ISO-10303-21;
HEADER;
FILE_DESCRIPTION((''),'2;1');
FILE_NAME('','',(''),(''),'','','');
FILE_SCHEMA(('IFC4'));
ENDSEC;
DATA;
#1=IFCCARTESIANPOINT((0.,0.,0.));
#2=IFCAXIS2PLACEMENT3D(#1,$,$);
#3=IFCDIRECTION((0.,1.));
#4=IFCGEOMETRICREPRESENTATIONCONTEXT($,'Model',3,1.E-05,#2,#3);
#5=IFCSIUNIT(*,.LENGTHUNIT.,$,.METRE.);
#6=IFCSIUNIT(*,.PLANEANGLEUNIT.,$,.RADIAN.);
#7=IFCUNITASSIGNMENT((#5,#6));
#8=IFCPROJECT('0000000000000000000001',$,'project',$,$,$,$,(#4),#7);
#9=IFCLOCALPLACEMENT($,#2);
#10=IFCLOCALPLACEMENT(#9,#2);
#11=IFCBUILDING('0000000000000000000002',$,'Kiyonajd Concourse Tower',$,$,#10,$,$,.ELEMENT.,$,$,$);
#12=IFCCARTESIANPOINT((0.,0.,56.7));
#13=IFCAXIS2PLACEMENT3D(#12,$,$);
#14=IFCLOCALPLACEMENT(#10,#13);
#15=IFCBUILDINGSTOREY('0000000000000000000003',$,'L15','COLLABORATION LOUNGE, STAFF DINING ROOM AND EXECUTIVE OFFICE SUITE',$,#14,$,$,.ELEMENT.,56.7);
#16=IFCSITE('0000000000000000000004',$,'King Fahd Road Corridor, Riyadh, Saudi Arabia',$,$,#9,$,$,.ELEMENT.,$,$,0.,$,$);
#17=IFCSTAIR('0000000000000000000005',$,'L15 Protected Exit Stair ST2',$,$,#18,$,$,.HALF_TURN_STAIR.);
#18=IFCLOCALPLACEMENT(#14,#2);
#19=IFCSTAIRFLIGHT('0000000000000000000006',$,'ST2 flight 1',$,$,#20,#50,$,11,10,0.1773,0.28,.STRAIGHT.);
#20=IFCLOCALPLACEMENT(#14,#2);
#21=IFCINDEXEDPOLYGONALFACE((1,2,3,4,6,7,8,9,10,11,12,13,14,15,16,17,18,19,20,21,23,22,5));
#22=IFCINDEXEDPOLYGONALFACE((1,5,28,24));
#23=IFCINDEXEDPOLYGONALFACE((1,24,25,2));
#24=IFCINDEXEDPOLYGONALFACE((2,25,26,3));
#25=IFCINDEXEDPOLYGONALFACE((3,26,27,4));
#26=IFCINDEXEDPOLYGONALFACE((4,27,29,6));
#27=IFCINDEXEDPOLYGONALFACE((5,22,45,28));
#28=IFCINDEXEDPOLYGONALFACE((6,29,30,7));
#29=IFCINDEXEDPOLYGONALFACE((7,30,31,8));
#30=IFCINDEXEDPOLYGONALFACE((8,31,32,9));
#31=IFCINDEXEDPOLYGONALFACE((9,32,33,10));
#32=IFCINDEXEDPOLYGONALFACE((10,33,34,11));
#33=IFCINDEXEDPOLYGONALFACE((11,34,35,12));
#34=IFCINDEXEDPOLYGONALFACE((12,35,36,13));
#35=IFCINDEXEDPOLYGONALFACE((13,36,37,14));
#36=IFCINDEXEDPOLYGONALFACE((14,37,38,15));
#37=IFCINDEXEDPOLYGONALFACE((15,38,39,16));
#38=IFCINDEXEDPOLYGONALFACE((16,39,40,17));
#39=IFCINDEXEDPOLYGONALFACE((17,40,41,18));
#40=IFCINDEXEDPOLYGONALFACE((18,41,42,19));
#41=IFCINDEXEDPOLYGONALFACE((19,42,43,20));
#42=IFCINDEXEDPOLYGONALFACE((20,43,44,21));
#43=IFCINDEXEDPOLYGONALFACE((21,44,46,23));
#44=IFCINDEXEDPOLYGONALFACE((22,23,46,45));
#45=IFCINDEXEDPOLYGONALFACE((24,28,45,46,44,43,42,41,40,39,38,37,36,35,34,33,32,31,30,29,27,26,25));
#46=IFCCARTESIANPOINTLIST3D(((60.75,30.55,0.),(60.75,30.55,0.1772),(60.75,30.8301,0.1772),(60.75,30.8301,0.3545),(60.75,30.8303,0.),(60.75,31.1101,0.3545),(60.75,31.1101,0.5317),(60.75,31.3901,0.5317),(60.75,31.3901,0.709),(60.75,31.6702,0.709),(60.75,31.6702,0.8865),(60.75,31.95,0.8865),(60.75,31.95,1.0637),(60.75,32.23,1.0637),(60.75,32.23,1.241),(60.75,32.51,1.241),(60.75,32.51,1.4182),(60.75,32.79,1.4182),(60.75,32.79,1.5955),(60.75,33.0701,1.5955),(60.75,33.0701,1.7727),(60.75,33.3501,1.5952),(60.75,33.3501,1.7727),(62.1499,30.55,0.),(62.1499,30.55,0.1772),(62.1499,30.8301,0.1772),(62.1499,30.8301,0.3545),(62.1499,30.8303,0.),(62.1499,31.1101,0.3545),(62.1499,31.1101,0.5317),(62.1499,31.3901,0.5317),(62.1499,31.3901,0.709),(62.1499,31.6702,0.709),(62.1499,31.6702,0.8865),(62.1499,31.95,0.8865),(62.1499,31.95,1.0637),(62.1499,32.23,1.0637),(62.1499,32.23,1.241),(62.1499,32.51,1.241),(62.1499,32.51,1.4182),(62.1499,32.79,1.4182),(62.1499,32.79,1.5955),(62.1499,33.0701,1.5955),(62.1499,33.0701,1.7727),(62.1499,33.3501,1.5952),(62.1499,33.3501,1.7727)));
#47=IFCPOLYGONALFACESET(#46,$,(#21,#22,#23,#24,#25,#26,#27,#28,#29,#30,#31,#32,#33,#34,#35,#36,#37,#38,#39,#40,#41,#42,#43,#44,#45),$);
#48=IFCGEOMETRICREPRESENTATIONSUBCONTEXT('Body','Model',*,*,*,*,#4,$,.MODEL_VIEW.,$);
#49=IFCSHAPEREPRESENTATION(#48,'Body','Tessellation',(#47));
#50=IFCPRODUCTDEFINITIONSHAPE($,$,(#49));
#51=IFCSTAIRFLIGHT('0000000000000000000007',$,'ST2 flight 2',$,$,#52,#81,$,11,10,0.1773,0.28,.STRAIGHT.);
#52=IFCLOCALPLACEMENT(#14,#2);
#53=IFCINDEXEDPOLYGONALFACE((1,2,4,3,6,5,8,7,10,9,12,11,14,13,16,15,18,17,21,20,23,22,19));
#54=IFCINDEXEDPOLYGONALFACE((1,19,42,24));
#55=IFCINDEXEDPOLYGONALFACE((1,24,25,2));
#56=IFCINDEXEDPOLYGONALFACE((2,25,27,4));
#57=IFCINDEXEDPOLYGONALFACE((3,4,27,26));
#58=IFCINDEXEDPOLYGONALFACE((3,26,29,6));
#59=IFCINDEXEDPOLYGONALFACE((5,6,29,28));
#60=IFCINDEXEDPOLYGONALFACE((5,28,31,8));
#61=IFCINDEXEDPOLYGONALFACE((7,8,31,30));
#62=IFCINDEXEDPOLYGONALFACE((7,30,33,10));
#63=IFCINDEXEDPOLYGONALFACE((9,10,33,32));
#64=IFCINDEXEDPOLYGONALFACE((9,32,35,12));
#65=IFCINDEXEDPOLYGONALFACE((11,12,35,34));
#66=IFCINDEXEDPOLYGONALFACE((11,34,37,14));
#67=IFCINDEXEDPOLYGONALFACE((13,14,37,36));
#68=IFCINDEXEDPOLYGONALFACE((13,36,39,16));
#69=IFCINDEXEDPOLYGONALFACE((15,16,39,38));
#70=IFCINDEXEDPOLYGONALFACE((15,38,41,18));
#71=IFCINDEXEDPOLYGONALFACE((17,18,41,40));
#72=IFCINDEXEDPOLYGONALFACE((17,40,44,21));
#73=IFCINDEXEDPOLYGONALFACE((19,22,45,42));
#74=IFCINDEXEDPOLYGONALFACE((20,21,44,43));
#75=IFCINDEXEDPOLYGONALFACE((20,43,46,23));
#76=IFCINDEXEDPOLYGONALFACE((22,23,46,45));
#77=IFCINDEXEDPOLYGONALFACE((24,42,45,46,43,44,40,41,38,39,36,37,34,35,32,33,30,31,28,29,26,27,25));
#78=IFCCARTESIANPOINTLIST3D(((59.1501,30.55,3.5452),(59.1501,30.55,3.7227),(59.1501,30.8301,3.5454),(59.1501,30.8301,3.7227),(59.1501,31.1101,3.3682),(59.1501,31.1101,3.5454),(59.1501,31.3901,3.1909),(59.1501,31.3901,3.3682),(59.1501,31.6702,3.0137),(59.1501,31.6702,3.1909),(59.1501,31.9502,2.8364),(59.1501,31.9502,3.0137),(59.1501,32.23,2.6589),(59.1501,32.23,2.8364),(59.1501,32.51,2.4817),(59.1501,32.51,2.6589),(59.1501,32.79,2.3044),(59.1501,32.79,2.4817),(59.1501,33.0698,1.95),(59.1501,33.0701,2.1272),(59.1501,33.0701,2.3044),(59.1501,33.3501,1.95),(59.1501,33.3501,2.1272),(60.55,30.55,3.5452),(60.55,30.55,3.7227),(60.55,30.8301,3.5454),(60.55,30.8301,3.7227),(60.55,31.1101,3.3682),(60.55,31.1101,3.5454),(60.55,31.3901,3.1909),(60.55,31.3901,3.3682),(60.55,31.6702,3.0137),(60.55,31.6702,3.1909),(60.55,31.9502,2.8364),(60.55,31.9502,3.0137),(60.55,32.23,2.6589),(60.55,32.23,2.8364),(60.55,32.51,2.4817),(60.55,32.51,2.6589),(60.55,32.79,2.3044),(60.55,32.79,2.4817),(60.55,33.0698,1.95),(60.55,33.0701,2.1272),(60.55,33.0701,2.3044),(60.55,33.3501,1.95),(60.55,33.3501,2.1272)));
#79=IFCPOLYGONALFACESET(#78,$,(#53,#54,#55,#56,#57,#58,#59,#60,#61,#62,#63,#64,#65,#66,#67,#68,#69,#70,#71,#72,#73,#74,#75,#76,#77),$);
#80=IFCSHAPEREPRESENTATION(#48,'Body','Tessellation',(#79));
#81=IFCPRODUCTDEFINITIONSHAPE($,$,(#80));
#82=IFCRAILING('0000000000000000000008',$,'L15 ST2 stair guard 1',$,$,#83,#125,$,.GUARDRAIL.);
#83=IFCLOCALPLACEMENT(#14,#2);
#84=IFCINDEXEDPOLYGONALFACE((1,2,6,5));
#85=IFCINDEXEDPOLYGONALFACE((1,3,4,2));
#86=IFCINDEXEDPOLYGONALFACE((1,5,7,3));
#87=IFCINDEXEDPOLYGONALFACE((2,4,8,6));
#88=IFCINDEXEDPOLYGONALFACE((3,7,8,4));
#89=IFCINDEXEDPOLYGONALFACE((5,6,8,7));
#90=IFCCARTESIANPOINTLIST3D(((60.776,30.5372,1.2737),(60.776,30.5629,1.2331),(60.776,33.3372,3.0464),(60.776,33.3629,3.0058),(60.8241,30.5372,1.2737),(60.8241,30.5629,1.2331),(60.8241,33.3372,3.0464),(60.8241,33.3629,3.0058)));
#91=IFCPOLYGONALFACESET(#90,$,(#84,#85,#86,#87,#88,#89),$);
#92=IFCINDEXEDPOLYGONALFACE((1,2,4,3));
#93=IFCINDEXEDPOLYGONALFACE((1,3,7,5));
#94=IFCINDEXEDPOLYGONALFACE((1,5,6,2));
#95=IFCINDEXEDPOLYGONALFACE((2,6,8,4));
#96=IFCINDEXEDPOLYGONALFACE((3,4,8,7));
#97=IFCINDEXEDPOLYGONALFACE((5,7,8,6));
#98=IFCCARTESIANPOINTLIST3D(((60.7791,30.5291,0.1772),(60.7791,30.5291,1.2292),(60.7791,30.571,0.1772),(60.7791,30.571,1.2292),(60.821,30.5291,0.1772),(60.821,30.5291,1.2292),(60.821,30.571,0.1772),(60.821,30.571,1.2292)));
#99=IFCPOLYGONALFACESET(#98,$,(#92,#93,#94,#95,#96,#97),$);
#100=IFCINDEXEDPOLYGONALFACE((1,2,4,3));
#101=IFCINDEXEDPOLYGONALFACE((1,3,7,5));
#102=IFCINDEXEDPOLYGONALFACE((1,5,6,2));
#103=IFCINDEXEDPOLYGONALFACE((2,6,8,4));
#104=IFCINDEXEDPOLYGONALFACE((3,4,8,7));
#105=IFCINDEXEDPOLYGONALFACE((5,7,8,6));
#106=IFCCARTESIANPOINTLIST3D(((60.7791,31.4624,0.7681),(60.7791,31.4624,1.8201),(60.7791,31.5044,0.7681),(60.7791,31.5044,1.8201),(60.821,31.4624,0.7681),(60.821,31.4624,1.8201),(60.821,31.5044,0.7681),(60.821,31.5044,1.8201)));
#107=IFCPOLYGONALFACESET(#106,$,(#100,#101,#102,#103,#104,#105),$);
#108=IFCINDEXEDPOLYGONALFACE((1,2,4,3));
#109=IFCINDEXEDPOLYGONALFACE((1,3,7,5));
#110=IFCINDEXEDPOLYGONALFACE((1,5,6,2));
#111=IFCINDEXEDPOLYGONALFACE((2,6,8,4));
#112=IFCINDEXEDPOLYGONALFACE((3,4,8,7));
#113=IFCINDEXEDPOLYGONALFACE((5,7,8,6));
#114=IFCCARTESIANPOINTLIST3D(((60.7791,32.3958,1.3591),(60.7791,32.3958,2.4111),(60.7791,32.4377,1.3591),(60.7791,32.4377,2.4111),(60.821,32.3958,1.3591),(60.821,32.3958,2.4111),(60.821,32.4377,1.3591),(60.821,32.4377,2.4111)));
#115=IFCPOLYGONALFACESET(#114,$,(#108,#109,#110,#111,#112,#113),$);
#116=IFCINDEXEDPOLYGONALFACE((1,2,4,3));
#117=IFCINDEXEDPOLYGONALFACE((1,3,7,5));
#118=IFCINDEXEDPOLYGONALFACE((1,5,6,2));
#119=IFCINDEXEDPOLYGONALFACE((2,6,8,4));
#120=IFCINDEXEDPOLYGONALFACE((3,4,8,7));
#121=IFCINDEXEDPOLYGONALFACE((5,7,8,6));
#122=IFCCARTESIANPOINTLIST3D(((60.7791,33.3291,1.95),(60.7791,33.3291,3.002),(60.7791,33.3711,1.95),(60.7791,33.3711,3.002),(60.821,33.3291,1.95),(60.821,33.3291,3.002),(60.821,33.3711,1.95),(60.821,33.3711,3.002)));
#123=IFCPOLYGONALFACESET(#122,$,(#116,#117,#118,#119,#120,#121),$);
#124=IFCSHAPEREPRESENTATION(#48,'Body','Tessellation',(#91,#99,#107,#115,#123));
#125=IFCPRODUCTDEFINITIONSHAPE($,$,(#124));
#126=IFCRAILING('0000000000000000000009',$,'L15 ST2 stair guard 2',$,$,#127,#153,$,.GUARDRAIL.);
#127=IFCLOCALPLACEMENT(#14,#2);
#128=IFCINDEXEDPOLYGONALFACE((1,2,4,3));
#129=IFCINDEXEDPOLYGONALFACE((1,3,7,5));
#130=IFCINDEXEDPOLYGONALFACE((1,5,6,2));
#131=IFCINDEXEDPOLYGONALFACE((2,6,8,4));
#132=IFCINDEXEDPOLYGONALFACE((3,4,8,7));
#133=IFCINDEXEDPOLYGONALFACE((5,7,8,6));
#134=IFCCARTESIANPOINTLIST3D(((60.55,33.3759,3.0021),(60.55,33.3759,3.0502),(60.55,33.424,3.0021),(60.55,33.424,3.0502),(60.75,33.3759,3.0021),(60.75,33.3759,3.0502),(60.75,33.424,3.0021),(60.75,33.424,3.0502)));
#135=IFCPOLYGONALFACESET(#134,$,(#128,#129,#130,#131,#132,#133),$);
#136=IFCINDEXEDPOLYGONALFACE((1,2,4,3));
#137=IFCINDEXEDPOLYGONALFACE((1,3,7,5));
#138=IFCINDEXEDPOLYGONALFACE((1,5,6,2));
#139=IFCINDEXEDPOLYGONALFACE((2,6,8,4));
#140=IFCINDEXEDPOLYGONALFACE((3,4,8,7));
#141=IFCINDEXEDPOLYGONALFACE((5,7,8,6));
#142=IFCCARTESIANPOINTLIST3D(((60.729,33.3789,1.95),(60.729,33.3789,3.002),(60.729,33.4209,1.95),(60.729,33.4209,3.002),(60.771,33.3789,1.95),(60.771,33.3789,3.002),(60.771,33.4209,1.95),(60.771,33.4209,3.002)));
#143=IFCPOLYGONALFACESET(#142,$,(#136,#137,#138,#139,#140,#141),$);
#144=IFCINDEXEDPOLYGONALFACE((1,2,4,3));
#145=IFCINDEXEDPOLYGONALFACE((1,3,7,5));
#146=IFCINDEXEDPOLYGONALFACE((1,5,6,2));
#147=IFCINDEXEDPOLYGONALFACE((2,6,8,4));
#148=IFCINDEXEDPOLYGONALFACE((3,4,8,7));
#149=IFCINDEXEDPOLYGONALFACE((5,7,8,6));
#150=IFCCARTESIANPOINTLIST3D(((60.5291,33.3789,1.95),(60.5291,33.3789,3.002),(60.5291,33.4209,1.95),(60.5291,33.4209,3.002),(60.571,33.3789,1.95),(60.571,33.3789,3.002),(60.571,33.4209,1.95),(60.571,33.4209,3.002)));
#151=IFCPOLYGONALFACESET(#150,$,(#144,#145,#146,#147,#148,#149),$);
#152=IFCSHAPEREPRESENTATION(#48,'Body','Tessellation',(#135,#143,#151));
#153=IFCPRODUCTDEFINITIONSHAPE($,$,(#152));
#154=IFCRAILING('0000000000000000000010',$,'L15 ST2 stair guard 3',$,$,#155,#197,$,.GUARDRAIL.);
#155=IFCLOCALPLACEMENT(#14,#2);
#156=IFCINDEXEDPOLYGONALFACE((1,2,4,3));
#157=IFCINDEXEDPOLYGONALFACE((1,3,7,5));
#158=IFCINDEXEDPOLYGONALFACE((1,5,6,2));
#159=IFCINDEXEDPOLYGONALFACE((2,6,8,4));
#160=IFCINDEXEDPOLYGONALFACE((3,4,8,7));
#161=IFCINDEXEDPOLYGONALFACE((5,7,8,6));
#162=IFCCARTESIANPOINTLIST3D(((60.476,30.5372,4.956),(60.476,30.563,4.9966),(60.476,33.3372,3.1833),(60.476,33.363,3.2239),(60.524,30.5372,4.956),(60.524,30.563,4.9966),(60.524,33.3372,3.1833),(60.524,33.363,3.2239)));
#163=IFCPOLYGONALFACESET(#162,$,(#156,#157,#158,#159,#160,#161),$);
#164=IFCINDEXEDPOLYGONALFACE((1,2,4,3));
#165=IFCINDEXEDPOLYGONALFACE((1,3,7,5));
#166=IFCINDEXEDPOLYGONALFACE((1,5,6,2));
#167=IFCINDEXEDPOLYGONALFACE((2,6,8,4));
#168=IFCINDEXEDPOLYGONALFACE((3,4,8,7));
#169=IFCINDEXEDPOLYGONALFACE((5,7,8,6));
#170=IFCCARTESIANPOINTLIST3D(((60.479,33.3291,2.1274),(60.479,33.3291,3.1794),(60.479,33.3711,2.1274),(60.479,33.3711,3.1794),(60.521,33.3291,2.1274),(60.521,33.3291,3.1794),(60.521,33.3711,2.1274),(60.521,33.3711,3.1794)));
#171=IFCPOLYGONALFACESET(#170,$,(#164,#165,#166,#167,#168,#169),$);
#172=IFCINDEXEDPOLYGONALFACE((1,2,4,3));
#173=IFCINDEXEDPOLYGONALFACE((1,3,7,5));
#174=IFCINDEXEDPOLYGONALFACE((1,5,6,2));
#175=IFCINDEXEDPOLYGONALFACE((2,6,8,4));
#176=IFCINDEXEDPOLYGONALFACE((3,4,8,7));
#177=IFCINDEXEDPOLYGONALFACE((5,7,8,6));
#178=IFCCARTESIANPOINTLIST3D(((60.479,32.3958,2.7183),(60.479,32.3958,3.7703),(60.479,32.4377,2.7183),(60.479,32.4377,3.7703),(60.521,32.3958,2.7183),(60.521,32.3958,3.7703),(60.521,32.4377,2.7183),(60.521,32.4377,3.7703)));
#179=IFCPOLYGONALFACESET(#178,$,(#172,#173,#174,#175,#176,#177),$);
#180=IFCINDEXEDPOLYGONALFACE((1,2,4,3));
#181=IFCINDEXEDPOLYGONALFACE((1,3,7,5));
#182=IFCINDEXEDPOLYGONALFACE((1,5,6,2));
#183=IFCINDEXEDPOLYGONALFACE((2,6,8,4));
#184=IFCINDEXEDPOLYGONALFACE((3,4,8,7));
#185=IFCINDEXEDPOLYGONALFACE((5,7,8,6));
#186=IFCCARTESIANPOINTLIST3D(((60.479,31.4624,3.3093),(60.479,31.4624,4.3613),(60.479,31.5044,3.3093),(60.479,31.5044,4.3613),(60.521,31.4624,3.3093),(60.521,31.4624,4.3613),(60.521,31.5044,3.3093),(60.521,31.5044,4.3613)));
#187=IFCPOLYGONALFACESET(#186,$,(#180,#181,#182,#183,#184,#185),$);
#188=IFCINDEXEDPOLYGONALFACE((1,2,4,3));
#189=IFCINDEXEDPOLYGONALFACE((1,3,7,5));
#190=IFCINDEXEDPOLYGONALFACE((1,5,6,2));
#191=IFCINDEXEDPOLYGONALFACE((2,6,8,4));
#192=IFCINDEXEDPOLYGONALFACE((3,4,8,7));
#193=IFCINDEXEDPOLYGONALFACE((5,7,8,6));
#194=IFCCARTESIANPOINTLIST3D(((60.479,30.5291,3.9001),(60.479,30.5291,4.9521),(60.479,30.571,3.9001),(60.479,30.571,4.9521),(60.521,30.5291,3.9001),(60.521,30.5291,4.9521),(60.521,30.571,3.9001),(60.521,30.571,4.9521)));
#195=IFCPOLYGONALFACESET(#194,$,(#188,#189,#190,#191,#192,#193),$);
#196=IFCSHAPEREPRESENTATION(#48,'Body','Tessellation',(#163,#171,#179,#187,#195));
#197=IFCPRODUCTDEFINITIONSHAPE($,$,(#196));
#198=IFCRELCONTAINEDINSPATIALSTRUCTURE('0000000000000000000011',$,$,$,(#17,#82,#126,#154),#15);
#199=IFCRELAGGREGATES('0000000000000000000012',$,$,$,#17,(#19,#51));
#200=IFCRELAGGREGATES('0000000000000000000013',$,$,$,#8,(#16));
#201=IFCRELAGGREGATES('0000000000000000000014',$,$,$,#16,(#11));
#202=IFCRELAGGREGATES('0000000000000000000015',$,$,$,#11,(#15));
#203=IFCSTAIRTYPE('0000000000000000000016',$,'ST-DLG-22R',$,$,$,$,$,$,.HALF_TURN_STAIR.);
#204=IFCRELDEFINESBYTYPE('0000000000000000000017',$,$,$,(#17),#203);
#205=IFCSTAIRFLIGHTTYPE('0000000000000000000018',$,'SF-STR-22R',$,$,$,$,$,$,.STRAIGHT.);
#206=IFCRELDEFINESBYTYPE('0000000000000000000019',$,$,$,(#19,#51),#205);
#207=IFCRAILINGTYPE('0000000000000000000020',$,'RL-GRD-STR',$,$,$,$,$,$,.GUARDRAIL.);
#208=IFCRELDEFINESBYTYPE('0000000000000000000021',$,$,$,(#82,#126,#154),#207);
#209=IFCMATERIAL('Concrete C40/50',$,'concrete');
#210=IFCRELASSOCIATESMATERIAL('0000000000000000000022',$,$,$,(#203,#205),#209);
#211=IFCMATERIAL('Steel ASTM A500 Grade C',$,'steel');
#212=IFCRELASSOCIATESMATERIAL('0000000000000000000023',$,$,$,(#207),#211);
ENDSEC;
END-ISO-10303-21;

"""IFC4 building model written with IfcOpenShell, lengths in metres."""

from ifc_helpers import new_model, si_unit, direction, frame, origin, origin_2d, place, context, subcontext, project, spatial, polyline, rectangle, outline, extrude, material, type_object, element, aggregate, save


model = new_model("IFC4")

# Units and contexts
model_context = context("Model", 3, precision=1e-05, world=origin(), true_north=direction((0.0, 1.0)))
body_context = subcontext(model_context, "Body", "Model", "MODEL_VIEW")
ifc_project = project(units=[si_unit("LENGTHUNIT", "METRE"), si_unit("PLANEANGLEUNIT", "RADIAN")], contexts=[model_context])

# Site, building, storey
site_placement = place(None, origin())
site = spatial("IfcSite", under=ifc_project, at=site_placement, Name="King Fahd Road Corridor, Riyadh, Saudi Arabia", CompositionType="ELEMENT", RefElevation=0.0)
building_placement = place(site_placement, origin())
building = spatial("IfcBuilding", under=site, at=building_placement, Name="Kiyonajd Concourse Tower", CompositionType="ELEMENT")
storey_placement = place(building_placement, frame((0.0, 0.0, 56.7)))
storey = spatial("IfcBuildingStorey", under=building, at=storey_placement, Name="L15", Description="COLLABORATION LOUNGE, STAFF DINING ROOM AND EXECUTIVE OFFICE SUITE", CompositionType="ELEMENT", Elevation=56.7)

# Stair, stair flights
ifc_material_1 = material(Name="Concrete C40/50", Category="concrete")
stair_type = type_object("IfcStairType", Name="ST-DLG-22R", PredefinedType="HALF_TURN_STAIR", material=ifc_material_1)
stair_placement = place(storey_placement, origin())
stair = element("IfcStair", 1, at=stair_placement, inside=storey, type_object=stair_type, Name="L15 Protected Exit Stair ST2", PredefinedType="HALF_TURN_STAIR")
stair_flight_type = type_object("IfcStairFlightType", Name="SF-STR-22R", PredefinedType="STRAIGHT", material=ifc_material_1)
stair_flight_1_placement = place(storey_placement, frame((61.45, 30.55, 0.0), z_axis=(0.0, 0.0, 1.0), x_axis=(0.0, 1.0, 0.0)))
stair_flight_1 = element("IfcStairFlight", 2, at=stair_flight_1_placement, type_object=stair_flight_type, Name="ST2 flight 1", NumberOfRisers=11, NumberOfTreads=10, PredefinedType="STRAIGHT", RiserHeight=0.1773, TreadLength=0.28, context=body_context, shape_type="SweptSolid", body=[
    extrude(outline(polyline([(0.0, 0.0), (0.0, 0.1772), (0.28, 0.1772), (0.28, 0.3545), (0.5601, 0.3545), (0.5601, 0.5317), (0.8401, 0.5317), (0.8401, 0.709), (1.1201, 0.709), (1.1201, 0.8865), (1.3999, 0.8865), (1.3999, 1.0637), (1.6799, 1.0637), (1.6799, 1.241), (1.96, 1.241), (1.96, 1.4182), (2.24, 1.4182), (2.24, 1.5955), (2.52, 1.5955), (2.52, 1.7727), (2.8, 1.7727), (2.8, 1.95), (2.8, 1.5952), (0.2803, 0.0), (0.0, 0.0)])), frame((0.0, 0.7, 0.0), z_axis=(0.0, -1.0, 0.0), x_axis=(1.0, 0.0, 0.0)), (0.0, 0.0, 1.0), 1.3999),
])
stair_flight_2_placement = place(storey_placement, frame((59.8501, 33.3501, 1.95), z_axis=(0.0, 0.0, 1.0), x_axis=(0.0, -1.0, 0.0)))
stair_flight_2 = element("IfcStairFlight", 3, at=stair_flight_2_placement, type_object=stair_flight_type, Name="ST2 flight 2", NumberOfRisers=11, NumberOfTreads=10, PredefinedType="STRAIGHT", RiserHeight=0.1773, TreadLength=0.28, context=body_context, shape_type="SweptSolid", body=[
    extrude(outline(polyline([(0.0, 0.0), (0.0, 0.1772), (0.28, 0.1772), (0.28, 0.3545), (0.5601, 0.3545), (0.5601, 0.5317), (0.8401, 0.5317), (0.8401, 0.709), (1.1201, 0.709), (1.1201, 0.8865), (1.3999, 0.8865), (1.3999, 1.0637), (1.6799, 1.0637), (1.6799, 1.241), (1.96, 1.241), (1.96, 1.4182), (2.24, 1.4182), (2.24, 1.5955), (2.52, 1.5955), (2.52, 1.7727), (2.8, 1.7727), (2.8, 1.95), (2.8, 1.5952), (0.2803, 0.0), (0.0, 0.0)])), frame((0.0, 0.7, 0.0), z_axis=(0.0, -1.0, 0.0), x_axis=(1.0, 0.0, 0.0)), (0.0, 0.0, 1.0), 1.3999),
])
aggregate(stair, [stair_flight_1, stair_flight_2])

# Railings
ifc_material_2 = material(Name="Steel ASTM A500 Grade C", Category="steel")
railing_type_1 = type_object("IfcRailingType", Name="RL-GRD-STR", PredefinedType="GUARDRAIL", material=ifc_material_2)
railing_1_placement = place(storey_placement, frame((60.8, 30.55, 0.1772)))
element("IfcRailing", 4, at=railing_1_placement, inside=storey, type_object=railing_type_1, Name="L15 ST2 stair guard 1", PredefinedType="GUARDRAIL", context=body_context, shape_type="SweptSolid", body=[
    extrude(rectangle(XDim=0.0481, YDim=0.0481, at=origin_2d()), frame((0.0, 0.0, 1.0762), z_axis=(0.0, 0.844909, 0.53491), x_axis=(-1.0, 0.0, 0.0)), (0.0, 0.0, 1.0), 3.314),
    extrude(rectangle(XDim=0.042, YDim=0.042, at=origin_2d()), origin(), (0.0, 0.0, 1.0), 1.052),
    extrude(rectangle(XDim=0.042, YDim=0.042, at=origin_2d()), frame((0.0, 0.9333, 0.5908)), (0.0, 0.0, 1.0), 1.052),
    extrude(rectangle(XDim=0.042, YDim=0.042, at=origin_2d()), frame((0.0, 1.8667, 1.1819)), (0.0, 0.0, 1.0), 1.052),
    extrude(rectangle(XDim=0.042, YDim=0.042, at=origin_2d()), frame((0.0, 2.8, 1.7727)), (0.0, 0.0, 1.0), 1.052),
])
railing_2_placement = place(storey_placement, frame((60.75, 33.3999, 1.95)))
element("IfcRailing", 5, at=railing_2_placement, inside=storey, type_object=railing_type_1, Name="L15 ST2 stair guard 2", PredefinedType="GUARDRAIL", context=body_context, shape_type="SweptSolid", body=[
    extrude(rectangle(XDim=0.0481, YDim=0.0481, at=origin_2d()), frame((0.0, 0.0, 1.0762), z_axis=(-1.0, 0.0, 0.0), x_axis=(0.0, -1.0, 0.0)), (0.0, 0.0, 1.0), 0.2),
    extrude(rectangle(XDim=0.042, YDim=0.042, at=origin_2d()), origin(), (0.0, 0.0, 1.0), 1.052),
    extrude(rectangle(XDim=0.042, YDim=0.042, at=origin_2d()), frame((-0.2, 0.0, 0.0)), (0.0, 0.0, 1.0), 1.052),
])
railing_3_placement = place(storey_placement, frame((60.5, 33.3501, 2.1274)))
element("IfcRailing", 6, at=railing_3_placement, inside=storey, type_object=railing_type_1, Name="L15 ST2 stair guard 3", PredefinedType="GUARDRAIL", context=body_context, shape_type="SweptSolid", body=[
    extrude(rectangle(XDim=0.0481, YDim=0.0481, at=origin_2d()), frame((0.0, 0.0, 1.0762), z_axis=(0.0, -0.844909, 0.53491), x_axis=(1.0, 0.0, 0.0)), (0.0, 0.0, 1.0), 3.314),
    extrude(rectangle(XDim=0.042, YDim=0.042, at=origin_2d()), origin(), (0.0, 0.0, 1.0), 1.052),
    extrude(rectangle(XDim=0.042, YDim=0.042, at=origin_2d()), frame((0.0, -0.9333, 0.5908)), (0.0, 0.0, 1.0), 1.052),
    extrude(rectangle(XDim=0.042, YDim=0.042, at=origin_2d()), frame((0.0, -1.8667, 1.1819)), (0.0, 0.0, 1.0), 1.052),
    extrude(rectangle(XDim=0.042, YDim=0.042, at=origin_2d()), frame((0.0, -2.8, 1.7727)), (0.0, 0.0, 1.0), 1.052),
])

save(model, "model.ifc")
